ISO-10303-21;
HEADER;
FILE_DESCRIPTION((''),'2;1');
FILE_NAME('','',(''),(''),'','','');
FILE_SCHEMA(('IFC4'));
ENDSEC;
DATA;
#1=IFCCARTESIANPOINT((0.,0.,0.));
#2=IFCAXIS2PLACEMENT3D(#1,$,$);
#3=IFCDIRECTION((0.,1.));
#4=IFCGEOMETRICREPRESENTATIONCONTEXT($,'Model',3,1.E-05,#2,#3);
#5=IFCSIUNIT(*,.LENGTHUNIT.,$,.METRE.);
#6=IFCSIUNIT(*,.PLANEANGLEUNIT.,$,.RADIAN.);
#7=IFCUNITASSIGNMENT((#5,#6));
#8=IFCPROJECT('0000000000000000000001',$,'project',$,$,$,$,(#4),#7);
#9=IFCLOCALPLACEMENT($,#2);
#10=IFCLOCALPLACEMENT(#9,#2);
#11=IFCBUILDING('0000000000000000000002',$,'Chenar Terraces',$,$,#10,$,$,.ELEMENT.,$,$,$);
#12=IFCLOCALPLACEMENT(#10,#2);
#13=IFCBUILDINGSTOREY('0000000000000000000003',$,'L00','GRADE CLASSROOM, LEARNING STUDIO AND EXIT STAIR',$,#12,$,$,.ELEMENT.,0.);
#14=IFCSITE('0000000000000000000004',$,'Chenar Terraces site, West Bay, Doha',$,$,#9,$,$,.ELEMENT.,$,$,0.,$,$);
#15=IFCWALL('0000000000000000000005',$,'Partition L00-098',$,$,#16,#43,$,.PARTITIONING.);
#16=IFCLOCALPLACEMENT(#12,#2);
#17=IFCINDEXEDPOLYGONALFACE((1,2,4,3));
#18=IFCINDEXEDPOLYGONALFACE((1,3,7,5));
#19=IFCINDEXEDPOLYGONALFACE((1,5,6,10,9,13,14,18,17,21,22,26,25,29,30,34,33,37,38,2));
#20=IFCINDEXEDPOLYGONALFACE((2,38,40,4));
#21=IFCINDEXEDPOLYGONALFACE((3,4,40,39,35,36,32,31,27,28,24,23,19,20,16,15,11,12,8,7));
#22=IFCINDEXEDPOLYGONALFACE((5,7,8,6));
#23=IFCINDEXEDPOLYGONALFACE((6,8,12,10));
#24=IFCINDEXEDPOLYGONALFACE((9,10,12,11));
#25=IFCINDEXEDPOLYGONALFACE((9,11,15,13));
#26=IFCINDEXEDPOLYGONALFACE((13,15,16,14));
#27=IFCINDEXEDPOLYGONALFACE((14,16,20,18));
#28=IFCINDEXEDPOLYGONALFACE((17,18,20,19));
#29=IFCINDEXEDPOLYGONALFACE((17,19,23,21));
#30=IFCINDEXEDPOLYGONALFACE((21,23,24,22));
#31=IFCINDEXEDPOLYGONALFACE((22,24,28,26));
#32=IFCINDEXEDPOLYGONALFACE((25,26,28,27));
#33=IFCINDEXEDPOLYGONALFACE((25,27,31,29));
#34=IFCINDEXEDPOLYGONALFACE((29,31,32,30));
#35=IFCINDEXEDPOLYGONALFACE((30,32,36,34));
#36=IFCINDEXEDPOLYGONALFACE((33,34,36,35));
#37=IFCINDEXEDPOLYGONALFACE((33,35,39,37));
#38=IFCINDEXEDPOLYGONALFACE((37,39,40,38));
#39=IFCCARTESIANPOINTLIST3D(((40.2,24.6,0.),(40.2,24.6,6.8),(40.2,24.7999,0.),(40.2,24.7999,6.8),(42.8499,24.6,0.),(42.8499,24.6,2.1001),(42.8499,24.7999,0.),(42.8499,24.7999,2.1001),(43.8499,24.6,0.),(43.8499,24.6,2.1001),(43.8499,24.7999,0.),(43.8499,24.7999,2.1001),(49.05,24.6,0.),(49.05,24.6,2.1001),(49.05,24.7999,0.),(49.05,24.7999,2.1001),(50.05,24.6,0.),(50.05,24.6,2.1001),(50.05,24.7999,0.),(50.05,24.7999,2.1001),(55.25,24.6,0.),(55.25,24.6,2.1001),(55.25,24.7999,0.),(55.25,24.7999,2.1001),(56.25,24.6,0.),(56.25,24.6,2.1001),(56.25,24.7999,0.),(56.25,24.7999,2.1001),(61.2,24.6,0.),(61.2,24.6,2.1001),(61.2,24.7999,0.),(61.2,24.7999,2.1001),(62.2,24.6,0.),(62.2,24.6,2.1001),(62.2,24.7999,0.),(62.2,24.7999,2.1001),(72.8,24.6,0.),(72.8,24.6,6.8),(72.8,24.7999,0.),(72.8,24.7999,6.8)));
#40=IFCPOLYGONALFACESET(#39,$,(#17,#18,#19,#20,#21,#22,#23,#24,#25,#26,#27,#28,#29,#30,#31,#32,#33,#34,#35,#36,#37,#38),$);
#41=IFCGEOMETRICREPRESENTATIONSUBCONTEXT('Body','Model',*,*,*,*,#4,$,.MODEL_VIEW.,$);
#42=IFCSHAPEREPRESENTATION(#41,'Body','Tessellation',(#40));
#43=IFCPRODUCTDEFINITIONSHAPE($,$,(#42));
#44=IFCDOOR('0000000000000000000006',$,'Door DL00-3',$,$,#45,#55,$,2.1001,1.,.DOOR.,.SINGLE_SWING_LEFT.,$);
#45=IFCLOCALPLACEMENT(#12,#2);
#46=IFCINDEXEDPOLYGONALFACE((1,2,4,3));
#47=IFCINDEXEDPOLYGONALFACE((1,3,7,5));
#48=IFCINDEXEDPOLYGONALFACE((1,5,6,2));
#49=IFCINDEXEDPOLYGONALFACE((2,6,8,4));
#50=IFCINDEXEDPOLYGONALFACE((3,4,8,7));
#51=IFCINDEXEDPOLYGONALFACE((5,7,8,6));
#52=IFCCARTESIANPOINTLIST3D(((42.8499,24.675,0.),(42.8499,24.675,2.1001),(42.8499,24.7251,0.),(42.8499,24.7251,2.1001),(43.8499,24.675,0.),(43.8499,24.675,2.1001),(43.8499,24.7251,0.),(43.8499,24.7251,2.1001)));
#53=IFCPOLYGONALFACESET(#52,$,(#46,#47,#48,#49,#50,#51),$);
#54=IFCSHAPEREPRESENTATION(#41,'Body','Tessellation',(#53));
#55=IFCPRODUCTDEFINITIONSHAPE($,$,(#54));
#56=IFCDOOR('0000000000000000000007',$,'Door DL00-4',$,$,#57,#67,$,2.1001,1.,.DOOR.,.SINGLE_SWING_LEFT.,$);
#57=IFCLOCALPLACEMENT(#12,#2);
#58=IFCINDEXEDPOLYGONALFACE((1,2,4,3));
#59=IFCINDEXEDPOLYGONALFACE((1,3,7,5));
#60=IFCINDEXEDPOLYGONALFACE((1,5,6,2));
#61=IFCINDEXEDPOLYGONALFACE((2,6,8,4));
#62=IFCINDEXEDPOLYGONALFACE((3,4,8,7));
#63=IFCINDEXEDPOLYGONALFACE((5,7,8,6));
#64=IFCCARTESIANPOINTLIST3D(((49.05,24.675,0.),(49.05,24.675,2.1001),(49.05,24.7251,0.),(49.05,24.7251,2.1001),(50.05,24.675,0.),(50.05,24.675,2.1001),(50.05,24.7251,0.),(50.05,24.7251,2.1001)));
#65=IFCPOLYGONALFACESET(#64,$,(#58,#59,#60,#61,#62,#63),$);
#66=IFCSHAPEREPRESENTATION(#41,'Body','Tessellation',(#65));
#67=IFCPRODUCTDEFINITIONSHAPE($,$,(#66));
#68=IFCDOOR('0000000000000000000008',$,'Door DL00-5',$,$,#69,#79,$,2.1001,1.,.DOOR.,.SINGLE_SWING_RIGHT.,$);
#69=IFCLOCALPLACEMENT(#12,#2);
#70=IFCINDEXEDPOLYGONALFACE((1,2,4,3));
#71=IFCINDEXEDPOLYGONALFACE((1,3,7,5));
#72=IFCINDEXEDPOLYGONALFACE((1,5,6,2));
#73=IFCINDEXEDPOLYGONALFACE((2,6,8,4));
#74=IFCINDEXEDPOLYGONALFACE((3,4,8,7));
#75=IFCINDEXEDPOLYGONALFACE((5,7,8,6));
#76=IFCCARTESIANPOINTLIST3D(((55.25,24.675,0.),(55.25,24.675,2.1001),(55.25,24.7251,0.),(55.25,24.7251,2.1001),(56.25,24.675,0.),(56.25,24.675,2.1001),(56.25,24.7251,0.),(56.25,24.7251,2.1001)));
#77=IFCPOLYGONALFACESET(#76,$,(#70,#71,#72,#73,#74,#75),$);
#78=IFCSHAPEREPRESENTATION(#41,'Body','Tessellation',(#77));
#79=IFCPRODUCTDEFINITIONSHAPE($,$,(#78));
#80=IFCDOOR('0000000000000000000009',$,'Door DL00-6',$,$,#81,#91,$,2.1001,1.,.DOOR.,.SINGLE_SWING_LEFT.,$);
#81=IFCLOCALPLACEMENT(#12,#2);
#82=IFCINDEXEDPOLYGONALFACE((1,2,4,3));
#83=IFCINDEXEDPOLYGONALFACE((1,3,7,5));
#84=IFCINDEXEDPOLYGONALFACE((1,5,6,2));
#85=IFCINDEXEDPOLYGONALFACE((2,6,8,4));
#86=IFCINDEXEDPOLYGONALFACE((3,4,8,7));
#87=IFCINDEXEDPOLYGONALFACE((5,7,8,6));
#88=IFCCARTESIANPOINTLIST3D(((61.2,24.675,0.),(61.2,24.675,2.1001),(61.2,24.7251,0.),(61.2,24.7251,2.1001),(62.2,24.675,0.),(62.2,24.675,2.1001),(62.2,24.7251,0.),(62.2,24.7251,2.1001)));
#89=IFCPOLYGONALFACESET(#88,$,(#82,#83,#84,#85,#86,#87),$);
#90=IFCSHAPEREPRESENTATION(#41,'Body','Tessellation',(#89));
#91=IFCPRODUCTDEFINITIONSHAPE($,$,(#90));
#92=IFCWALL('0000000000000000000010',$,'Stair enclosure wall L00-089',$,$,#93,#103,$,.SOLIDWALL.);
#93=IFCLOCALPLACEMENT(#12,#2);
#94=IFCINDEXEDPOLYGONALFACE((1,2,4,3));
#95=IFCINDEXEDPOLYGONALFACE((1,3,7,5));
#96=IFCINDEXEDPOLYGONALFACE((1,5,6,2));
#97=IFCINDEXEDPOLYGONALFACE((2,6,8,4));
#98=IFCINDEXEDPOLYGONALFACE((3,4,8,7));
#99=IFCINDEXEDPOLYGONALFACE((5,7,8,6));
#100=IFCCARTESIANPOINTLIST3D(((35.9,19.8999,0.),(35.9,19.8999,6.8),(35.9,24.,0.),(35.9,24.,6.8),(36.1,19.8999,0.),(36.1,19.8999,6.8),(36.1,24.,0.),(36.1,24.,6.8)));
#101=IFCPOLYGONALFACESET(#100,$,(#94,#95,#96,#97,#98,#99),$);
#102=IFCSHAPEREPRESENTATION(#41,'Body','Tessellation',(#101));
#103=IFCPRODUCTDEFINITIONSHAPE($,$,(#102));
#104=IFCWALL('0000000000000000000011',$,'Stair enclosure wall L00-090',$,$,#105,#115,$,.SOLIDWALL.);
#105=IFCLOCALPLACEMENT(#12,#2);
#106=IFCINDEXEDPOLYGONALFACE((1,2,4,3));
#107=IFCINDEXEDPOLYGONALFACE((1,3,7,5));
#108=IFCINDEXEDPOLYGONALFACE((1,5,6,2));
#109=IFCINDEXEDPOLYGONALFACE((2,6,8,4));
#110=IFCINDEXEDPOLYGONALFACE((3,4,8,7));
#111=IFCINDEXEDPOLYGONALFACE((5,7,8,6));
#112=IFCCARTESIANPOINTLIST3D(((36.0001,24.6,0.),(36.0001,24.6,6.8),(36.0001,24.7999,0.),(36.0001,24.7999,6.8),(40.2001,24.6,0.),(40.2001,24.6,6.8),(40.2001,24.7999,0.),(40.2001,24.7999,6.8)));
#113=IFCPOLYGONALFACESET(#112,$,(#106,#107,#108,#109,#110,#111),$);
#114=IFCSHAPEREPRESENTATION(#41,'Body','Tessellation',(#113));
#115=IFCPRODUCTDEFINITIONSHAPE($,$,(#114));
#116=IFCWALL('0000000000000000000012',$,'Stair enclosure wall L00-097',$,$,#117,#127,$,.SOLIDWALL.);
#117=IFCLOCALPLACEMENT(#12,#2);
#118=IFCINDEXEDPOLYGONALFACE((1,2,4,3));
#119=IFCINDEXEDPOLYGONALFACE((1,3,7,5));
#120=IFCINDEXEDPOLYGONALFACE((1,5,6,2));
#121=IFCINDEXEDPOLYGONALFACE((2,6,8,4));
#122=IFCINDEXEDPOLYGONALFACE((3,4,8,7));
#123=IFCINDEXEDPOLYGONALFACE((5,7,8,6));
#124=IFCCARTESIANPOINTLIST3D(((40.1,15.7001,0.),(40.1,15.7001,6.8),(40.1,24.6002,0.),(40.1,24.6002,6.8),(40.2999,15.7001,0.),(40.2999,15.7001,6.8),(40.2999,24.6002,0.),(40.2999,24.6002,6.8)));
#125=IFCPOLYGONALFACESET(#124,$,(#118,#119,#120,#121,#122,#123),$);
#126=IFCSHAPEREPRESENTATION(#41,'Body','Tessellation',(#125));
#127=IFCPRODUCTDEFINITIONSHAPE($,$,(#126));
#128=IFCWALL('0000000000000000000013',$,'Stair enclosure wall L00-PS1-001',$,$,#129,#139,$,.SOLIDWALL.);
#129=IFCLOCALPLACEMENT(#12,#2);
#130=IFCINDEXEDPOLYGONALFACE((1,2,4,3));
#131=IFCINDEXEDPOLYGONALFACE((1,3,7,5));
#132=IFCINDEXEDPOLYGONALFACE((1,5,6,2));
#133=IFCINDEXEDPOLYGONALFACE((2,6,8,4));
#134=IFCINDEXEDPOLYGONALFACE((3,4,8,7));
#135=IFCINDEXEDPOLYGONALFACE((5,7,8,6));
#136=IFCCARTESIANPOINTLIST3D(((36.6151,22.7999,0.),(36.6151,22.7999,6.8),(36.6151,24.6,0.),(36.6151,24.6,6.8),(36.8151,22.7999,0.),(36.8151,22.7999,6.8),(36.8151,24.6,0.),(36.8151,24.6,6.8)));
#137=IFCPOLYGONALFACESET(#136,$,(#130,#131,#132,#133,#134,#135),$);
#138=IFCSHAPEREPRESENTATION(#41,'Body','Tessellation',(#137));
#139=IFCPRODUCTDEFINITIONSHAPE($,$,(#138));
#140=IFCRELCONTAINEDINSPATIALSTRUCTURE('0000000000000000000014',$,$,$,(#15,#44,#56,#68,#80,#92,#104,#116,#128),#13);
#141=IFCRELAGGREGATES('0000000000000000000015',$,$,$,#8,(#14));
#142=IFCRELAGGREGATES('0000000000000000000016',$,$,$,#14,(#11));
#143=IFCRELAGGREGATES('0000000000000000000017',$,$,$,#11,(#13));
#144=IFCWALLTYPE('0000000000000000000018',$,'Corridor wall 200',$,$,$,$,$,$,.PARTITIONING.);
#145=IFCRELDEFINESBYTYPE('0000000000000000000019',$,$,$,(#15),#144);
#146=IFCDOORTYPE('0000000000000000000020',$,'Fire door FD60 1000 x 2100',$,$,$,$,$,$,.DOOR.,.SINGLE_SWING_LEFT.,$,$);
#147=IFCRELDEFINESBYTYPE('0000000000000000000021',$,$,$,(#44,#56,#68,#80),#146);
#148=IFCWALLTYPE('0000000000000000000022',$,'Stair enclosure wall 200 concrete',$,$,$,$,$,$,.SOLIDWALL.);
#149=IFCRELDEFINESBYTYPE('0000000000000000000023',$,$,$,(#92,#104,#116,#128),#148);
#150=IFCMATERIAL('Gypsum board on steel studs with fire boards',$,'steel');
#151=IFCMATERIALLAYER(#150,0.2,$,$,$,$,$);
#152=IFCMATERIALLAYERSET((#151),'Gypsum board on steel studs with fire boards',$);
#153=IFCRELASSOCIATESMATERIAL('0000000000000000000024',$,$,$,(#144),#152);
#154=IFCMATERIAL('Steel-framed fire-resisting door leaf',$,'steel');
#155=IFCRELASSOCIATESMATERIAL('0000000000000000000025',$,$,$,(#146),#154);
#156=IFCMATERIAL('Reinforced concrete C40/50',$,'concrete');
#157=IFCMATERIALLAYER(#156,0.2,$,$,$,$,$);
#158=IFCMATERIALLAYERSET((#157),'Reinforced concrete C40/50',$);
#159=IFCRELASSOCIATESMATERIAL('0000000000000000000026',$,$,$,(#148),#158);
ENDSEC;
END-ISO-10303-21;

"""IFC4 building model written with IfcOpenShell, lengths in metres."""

from ifc_helpers import new_model, si_unit, direction, frame, frame_2d, origin, place, context, subcontext, project, spatial, rectangle, extrude, material, layer, layer_set, type_object, element, fill, save


model = new_model("IFC4")

# Units and contexts
model_context = context("Model", 3, precision=1e-05, world=origin(), true_north=direction((0.0, 1.0)))
body_context = subcontext(model_context, "Body", "Model", "MODEL_VIEW")
ifc_project = project(units=[si_unit("LENGTHUNIT", "METRE"), si_unit("PLANEANGLEUNIT", "RADIAN")], contexts=[model_context])

# Site, building, storey
site_placement = place(None, origin())
site = spatial("IfcSite", under=ifc_project, at=site_placement, Name="Chenar Terraces site, West Bay, Doha", CompositionType="ELEMENT", RefElevation=0.0)
building_placement = place(site_placement, origin())
building = spatial("IfcBuilding", under=site, at=building_placement, Name="Chenar Terraces", CompositionType="ELEMENT")
storey_placement = place(building_placement, origin())
storey = spatial("IfcBuildingStorey", under=building, at=storey_placement, Name="L00", Description="GRADE CLASSROOM, LEARNING STUDIO AND EXIT STAIR", CompositionType="ELEMENT", Elevation=0.0)

# Wall, openings, doors
ifc_material_1 = material(Name="Gypsum board on steel studs with fire boards", Category="steel")
ifc_layer_1 = layer(ifc_material_1, 0.2)
ifc_layer_set_1 = layer_set([ifc_layer_1], Name="Gypsum board on steel studs with fire boards")
wall_type_1 = type_object("IfcWallType", Name="Corridor wall 200", PredefinedType="PARTITIONING", material=ifc_layer_set_1)
wall_1_placement = place(storey_placement, frame((40.2, 24.7, 0.0), z_axis=(0.0, 0.0, 1.0), x_axis=(1.0, 0.0, 0.0)))
wall_1 = element("IfcWall", 1, at=wall_1_placement, inside=storey, type_object=wall_type_1, Name="Partition L00-098", PredefinedType="PARTITIONING", context=body_context, shape_type="SweptSolid", body=[
    extrude(rectangle(XDim=32.6001, YDim=0.2, at=frame_2d((16.3, 0.0))), origin(), (0.0, 0.0, 1.0), 6.8),
])
opening_1_placement = place(wall_1_placement, frame((2.6499, 0.0, 0.0)))
opening_1 = element("IfcOpeningElement", 2, at=opening_1_placement, cuts=wall_1, PredefinedType="OPENING", context=body_context, shape_type="SweptSolid", body=[
    extrude(rectangle(XDim=1.0, YDim=2.1001, at=frame_2d((0.5, 1.05))), frame((0.0, 0.1099, 0.0), z_axis=(0.0, -1.0, 0.0), x_axis=(1.0, 0.0, 0.0)), (0.0, 0.0, 1.0), 0.22),
])
opening_2_placement = place(wall_1_placement, frame((8.8501, 0.0, 0.0)))
opening_2 = element("IfcOpeningElement", 3, at=opening_2_placement, cuts=wall_1, PredefinedType="OPENING", context=body_context, shape_type="SweptSolid", body=[
    extrude(rectangle(XDim=1.0, YDim=2.1001, at=frame_2d((0.5, 1.05))), frame((0.0, 0.1099, 0.0), z_axis=(0.0, -1.0, 0.0), x_axis=(1.0, 0.0, 0.0)), (0.0, 0.0, 1.0), 0.22),
])
opening_3_placement = place(wall_1_placement, frame((15.05, 0.0, 0.0)))
opening_3 = element("IfcOpeningElement", 4, at=opening_3_placement, cuts=wall_1, PredefinedType="OPENING", context=body_context, shape_type="SweptSolid", body=[
    extrude(rectangle(XDim=1.0, YDim=2.1001, at=frame_2d((0.5, 1.05))), frame((0.0, 0.1099, 0.0), z_axis=(0.0, -1.0, 0.0), x_axis=(1.0, 0.0, 0.0)), (0.0, 0.0, 1.0), 0.22),
])
opening_4_placement = place(wall_1_placement, frame((21.0, 0.0, 0.0)))
opening_4 = element("IfcOpeningElement", 5, at=opening_4_placement, cuts=wall_1, PredefinedType="OPENING", context=body_context, shape_type="SweptSolid", body=[
    extrude(rectangle(XDim=1.0, YDim=2.1001, at=frame_2d((0.5, 1.05))), frame((0.0, 0.1099, 0.0), z_axis=(0.0, -1.0, 0.0), x_axis=(1.0, 0.0, 0.0)), (0.0, 0.0, 1.0), 0.22),
])
ifc_material_2 = material(Name="Steel-framed fire-resisting door leaf", Category="steel")
door_type_1 = type_object("IfcDoorType", Name="Fire door FD60 1000 x 2100", OperationType="SINGLE_SWING_LEFT", PredefinedType="DOOR", material=ifc_material_2)
door_1_placement = place(opening_1_placement, frame((1.0, 0.0, 0.0), z_axis=(0.0, 0.0, 1.0), x_axis=(-1.0, 0.0, 0.0)))
door_1 = element("IfcDoor", 6, at=door_1_placement, inside=storey, type_object=door_type_1, Name="Door DL00-3", OperationType="SINGLE_SWING_LEFT", OverallHeight=2.1001, OverallWidth=1.0, PredefinedType="DOOR", context=body_context, shape_type="SweptSolid", body=[
    extrude(rectangle(XDim=1.0, YDim=2.1001, at=frame_2d((0.5, 1.05))), frame((0.0, 0.0249, 0.0), z_axis=(0.0, -1.0, 0.0), x_axis=(1.0, 0.0, 0.0)), (0.0, 0.0, 1.0), 0.05),
])
fill(opening_1, door_1)
door_2_placement = place(opening_2_placement, frame((1.0, 0.0, 0.0), z_axis=(0.0, 0.0, 1.0), x_axis=(-1.0, 0.0, 0.0)))
door_2 = element("IfcDoor", 7, at=door_2_placement, inside=storey, type_object=door_type_1, Name="Door DL00-4", OperationType="SINGLE_SWING_LEFT", OverallHeight=2.1001, OverallWidth=1.0, PredefinedType="DOOR", context=body_context, shape_type="SweptSolid", body=[
    extrude(rectangle(XDim=1.0, YDim=2.1001, at=frame_2d((0.5, 1.05))), frame((0.0, 0.0249, 0.0), z_axis=(0.0, -1.0, 0.0), x_axis=(1.0, 0.0, 0.0)), (0.0, 0.0, 1.0), 0.05),
])
fill(opening_2, door_2)
door_3_placement = place(opening_3_placement, frame((1.0, 0.0, 0.0), z_axis=(0.0, 0.0, 1.0), x_axis=(-1.0, 0.0, 0.0)))
door_3 = element("IfcDoor", 8, at=door_3_placement, inside=storey, type_object=door_type_1, Name="Door DL00-5", OperationType="SINGLE_SWING_RIGHT", OverallHeight=2.1001, OverallWidth=1.0, PredefinedType="DOOR", context=body_context, shape_type="SweptSolid", body=[
    extrude(rectangle(XDim=1.0, YDim=2.1001, at=frame_2d((0.5, 1.05))), frame((0.0, 0.0249, 0.0), z_axis=(0.0, -1.0, 0.0), x_axis=(1.0, 0.0, 0.0)), (0.0, 0.0, 1.0), 0.05),
])
fill(opening_3, door_3)
door_4_placement = place(opening_4_placement, frame((1.0, 0.0, 0.0), z_axis=(0.0, 0.0, 1.0), x_axis=(-1.0, 0.0, 0.0)))
door_4 = element("IfcDoor", 9, at=door_4_placement, inside=storey, type_object=door_type_1, Name="Door DL00-6", OperationType="SINGLE_SWING_LEFT", OverallHeight=2.1001, OverallWidth=1.0, PredefinedType="DOOR", context=body_context, shape_type="SweptSolid", body=[
    extrude(rectangle(XDim=1.0, YDim=2.1001, at=frame_2d((0.5, 1.05))), frame((0.0, 0.0249, 0.0), z_axis=(0.0, -1.0, 0.0), x_axis=(1.0, 0.0, 0.0)), (0.0, 0.0, 1.0), 0.05),
])
fill(opening_4, door_4)

# Walls
ifc_material_3 = material(Name="Reinforced concrete C40/50", Category="concrete")
ifc_layer_2 = layer(ifc_material_3, 0.2)
ifc_layer_set_2 = layer_set([ifc_layer_2], Name="Reinforced concrete C40/50")
wall_type_2 = type_object("IfcWallType", Name="Stair enclosure wall 200 concrete", PredefinedType="SOLIDWALL", material=ifc_layer_set_2)
wall_2_placement = place(storey_placement, frame((36.0, 19.8999, 0.0), z_axis=(0.0, 0.0, 1.0), x_axis=(0.0, 1.0, 0.0)))
element("IfcWall", 10, at=wall_2_placement, inside=storey, type_object=wall_type_2, Name="Stair enclosure wall L00-089", PredefinedType="SOLIDWALL", context=body_context, shape_type="SweptSolid", body=[
    extrude(rectangle(XDim=4.1001, YDim=0.2, at=frame_2d((2.05, 0.0))), origin(), (0.0, 0.0, 1.0), 6.8),
])
wall_3_placement = place(storey_placement, frame((36.0, 24.7, 0.0), z_axis=(0.0, 0.0, 1.0), x_axis=(1.0, 0.0, 0.0)))
element("IfcWall", 11, at=wall_3_placement, inside=storey, type_object=wall_type_2, Name="Stair enclosure wall L00-090", PredefinedType="SOLIDWALL", context=body_context, shape_type="SweptSolid", body=[
    extrude(rectangle(XDim=4.2, YDim=0.2, at=frame_2d((2.1001, 0.0))), origin(), (0.0, 0.0, 1.0), 6.8),
])
wall_4_placement = place(storey_placement, frame((40.2, 15.7, 0.0), z_axis=(0.0, 0.0, 1.0), x_axis=(0.0, 1.0, 0.0)))
element("IfcWall", 12, at=wall_4_placement, inside=storey, type_object=wall_type_2, Name="Stair enclosure wall L00-097", PredefinedType="SOLIDWALL", context=body_context, shape_type="SweptSolid", body=[
    extrude(rectangle(XDim=8.9001, YDim=0.2, at=frame_2d((4.4502, 0.0))), origin(), (0.0, 0.0, 1.0), 6.8),
])
wall_5_placement = place(storey_placement, frame((36.7151, 22.8, 0.0), z_axis=(0.0, 0.0, 1.0), x_axis=(0.0, 1.0, 0.0)))
element("IfcWall", 13, at=wall_5_placement, inside=storey, type_object=wall_type_2, Name="Stair enclosure wall L00-PS1-001", PredefinedType="SOLIDWALL", context=body_context, shape_type="SweptSolid", body=[
    extrude(rectangle(XDim=1.8, YDim=0.2, at=frame_2d((0.8999, 0.0))), origin(), (0.0, 0.0, 1.0), 6.8),
])

save(model, "model.ifc")
